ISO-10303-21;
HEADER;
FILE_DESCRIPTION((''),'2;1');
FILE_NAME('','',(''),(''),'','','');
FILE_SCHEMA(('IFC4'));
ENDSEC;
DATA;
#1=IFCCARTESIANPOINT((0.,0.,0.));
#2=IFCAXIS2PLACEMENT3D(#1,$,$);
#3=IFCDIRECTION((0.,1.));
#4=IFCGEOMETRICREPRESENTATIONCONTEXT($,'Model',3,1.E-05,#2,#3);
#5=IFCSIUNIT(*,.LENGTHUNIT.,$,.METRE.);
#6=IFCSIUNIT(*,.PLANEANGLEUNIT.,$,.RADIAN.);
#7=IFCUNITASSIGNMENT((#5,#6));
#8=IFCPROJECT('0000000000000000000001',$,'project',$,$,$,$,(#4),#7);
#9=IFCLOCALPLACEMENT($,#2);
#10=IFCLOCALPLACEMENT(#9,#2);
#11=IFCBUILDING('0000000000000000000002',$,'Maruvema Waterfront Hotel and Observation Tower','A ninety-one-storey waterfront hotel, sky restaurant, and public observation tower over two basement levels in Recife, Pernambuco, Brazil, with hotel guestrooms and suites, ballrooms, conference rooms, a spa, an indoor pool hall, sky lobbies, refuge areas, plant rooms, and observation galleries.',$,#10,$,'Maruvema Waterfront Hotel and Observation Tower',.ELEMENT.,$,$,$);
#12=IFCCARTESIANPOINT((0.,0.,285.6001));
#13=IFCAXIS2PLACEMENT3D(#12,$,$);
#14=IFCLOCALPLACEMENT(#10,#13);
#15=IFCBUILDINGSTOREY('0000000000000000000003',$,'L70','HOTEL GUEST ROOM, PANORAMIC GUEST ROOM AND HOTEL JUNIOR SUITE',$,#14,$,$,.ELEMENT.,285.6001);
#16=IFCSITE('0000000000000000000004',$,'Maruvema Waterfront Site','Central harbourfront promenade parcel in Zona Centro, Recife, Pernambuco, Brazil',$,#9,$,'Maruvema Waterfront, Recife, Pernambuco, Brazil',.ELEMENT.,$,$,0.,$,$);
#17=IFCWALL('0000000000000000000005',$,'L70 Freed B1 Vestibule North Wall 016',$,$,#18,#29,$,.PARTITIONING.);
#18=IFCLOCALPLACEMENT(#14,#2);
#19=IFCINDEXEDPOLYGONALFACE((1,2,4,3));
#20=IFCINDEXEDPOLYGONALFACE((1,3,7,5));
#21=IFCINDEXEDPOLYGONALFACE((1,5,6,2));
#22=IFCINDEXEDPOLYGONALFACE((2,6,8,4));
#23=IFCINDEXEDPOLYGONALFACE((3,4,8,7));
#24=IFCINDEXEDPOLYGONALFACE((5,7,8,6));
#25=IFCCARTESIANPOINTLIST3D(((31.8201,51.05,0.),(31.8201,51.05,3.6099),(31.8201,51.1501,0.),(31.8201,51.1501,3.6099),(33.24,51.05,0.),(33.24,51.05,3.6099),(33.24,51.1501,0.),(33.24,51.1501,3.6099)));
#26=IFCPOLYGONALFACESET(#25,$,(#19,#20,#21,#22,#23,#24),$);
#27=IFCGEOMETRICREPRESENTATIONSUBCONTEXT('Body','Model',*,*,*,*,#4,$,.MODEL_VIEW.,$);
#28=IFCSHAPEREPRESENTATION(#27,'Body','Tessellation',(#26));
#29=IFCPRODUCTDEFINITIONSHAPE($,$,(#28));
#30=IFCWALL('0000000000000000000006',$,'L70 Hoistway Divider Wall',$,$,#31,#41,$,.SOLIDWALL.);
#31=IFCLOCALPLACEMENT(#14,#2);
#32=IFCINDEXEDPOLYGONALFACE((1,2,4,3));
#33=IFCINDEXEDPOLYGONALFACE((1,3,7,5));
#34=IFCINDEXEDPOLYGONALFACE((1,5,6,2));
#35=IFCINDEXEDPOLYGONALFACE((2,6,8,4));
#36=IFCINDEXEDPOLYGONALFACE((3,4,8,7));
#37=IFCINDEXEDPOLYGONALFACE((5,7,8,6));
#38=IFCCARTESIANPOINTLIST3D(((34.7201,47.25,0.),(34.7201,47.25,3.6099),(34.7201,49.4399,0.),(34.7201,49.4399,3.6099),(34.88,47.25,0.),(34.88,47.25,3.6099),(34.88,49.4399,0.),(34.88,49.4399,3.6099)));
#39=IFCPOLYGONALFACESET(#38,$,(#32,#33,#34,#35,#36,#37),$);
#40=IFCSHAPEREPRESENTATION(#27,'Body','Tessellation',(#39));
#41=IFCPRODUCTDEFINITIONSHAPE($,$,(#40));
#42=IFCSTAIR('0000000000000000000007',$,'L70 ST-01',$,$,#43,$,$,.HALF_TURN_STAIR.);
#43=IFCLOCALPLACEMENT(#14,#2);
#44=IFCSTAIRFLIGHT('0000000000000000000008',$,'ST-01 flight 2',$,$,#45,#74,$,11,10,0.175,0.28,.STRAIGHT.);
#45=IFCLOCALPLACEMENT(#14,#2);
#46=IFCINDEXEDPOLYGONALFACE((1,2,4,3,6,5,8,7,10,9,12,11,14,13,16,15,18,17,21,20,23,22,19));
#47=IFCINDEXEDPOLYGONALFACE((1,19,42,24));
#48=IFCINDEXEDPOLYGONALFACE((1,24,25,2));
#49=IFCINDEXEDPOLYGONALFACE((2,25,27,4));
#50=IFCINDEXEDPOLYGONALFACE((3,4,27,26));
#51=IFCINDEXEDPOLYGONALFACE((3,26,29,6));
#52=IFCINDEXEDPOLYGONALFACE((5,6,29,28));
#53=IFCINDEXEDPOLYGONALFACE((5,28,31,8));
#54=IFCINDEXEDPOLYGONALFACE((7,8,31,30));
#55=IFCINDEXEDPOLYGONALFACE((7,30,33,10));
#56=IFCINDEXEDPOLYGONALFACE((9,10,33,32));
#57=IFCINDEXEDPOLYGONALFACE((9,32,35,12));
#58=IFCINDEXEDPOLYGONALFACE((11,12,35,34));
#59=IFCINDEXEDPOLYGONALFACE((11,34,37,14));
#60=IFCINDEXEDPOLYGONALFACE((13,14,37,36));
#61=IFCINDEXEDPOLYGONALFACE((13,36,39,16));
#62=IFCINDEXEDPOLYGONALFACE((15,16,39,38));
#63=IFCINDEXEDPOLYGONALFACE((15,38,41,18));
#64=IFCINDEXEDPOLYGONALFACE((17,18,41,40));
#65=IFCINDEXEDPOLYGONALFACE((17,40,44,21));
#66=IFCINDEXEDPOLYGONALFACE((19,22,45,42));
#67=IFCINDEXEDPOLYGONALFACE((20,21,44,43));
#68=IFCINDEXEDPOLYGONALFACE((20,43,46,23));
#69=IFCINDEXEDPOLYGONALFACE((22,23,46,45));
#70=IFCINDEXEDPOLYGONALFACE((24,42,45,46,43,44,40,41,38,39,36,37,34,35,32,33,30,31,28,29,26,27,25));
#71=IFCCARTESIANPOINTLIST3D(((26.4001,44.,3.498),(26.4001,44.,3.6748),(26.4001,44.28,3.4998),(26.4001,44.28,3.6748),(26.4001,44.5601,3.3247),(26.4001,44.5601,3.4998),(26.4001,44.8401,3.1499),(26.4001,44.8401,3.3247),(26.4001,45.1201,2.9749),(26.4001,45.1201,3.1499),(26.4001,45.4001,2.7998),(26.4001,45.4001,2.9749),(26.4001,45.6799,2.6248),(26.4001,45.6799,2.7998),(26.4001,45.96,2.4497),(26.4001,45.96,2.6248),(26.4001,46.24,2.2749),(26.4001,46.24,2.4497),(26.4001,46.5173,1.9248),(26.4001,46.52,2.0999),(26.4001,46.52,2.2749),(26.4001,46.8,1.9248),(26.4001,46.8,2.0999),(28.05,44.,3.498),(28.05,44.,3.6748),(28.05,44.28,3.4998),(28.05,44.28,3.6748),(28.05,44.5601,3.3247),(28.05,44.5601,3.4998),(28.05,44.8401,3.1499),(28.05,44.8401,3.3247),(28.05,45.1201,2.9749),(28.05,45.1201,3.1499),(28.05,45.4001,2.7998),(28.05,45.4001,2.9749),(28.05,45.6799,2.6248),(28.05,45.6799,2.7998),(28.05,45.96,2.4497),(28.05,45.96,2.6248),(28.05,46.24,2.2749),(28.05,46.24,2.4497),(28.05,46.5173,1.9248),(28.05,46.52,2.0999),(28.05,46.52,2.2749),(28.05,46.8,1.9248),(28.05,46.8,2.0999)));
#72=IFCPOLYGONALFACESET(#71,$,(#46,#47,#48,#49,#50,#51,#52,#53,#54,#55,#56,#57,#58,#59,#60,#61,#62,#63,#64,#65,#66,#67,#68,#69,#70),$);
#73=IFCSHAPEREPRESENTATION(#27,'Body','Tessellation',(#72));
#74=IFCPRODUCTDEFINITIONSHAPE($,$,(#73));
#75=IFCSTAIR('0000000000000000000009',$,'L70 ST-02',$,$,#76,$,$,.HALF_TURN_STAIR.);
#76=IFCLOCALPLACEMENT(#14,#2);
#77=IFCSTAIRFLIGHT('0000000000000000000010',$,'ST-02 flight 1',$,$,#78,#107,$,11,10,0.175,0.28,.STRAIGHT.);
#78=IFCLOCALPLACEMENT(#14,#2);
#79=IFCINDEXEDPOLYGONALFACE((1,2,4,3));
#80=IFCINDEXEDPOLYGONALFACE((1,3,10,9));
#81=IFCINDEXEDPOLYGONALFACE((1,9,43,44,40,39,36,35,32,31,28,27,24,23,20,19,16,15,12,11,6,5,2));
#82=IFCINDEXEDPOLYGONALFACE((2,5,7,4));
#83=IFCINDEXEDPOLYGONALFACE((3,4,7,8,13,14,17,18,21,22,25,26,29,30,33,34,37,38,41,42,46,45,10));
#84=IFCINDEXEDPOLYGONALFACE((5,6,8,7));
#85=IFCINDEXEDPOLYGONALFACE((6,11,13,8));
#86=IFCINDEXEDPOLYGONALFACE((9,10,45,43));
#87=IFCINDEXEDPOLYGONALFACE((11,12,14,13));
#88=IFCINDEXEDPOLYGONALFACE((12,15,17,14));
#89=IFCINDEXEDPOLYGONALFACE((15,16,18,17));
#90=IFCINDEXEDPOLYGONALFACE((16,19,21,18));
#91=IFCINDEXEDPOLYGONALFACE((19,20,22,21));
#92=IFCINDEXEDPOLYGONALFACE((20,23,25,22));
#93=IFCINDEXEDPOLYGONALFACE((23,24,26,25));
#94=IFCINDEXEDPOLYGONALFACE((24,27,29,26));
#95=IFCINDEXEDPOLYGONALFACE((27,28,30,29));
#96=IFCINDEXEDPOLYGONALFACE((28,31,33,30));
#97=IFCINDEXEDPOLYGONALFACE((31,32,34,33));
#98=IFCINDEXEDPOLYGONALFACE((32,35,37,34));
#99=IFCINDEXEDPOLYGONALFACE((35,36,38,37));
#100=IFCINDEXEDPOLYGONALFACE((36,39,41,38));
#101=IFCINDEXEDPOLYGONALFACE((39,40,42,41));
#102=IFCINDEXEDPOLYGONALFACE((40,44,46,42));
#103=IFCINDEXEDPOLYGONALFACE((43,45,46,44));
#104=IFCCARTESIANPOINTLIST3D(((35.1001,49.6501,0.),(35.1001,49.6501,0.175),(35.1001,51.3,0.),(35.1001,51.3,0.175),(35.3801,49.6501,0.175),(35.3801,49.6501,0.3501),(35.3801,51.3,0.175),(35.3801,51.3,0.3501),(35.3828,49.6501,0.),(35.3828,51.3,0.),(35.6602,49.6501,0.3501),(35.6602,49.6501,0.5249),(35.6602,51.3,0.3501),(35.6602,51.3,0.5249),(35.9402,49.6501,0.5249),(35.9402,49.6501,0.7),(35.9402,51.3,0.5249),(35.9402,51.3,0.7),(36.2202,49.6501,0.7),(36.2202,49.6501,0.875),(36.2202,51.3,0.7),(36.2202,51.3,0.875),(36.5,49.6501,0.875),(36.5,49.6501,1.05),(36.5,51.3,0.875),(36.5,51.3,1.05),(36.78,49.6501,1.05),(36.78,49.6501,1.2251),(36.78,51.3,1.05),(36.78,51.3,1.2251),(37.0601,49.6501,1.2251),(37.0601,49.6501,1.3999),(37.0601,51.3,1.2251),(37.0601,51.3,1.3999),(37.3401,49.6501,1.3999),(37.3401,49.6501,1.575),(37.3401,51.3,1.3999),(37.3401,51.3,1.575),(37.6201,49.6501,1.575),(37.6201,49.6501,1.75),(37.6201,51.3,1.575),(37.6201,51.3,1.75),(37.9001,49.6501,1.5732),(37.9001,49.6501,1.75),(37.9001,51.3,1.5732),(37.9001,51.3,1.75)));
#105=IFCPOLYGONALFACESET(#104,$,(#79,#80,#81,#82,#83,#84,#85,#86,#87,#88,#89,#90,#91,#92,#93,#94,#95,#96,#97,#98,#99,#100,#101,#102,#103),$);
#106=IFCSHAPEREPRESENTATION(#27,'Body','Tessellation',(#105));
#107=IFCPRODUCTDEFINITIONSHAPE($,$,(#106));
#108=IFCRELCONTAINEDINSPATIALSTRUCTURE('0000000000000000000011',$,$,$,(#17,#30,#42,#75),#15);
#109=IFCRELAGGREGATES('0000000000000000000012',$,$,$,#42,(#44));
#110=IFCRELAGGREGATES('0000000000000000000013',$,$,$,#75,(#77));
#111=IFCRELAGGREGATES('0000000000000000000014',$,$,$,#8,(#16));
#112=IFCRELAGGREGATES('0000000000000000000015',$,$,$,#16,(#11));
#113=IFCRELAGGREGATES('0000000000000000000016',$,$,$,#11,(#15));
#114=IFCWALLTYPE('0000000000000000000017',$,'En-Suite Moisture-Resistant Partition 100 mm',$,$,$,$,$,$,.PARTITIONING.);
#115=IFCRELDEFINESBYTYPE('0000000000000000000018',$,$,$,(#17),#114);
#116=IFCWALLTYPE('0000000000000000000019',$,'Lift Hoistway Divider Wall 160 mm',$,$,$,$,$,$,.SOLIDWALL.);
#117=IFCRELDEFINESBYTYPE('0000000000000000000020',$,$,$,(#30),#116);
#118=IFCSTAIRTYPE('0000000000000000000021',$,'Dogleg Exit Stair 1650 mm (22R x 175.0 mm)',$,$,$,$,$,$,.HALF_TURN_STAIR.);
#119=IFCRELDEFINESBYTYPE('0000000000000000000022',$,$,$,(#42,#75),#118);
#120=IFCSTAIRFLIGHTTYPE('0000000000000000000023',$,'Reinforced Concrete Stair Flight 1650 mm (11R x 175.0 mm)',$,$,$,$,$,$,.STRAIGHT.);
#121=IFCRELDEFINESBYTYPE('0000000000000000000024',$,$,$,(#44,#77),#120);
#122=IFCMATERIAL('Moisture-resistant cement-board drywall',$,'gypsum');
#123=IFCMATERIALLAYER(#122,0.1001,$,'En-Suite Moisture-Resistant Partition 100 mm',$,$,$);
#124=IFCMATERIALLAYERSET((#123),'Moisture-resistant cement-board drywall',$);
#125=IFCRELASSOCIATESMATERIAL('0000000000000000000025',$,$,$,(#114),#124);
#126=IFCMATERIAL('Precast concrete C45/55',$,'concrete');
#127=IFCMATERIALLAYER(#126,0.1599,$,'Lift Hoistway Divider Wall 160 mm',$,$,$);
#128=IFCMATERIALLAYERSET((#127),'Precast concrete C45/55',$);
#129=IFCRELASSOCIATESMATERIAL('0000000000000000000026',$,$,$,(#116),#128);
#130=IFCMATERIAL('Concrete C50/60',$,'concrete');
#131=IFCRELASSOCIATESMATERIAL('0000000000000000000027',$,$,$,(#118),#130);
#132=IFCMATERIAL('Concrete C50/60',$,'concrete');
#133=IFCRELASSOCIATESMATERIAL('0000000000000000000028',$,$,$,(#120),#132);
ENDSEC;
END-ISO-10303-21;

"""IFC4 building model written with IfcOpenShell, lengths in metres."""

from ifc_helpers import new_model, si_unit, direction, frame, frame_2d, origin, place, context, subcontext, project, spatial, polyline, rectangle, outline, extrude, material, layer, layer_set, type_object, element, aggregate, save


model = new_model("IFC4")

# Units and contexts
model_context = context("Model", 3, precision=1e-05, world=origin(), true_north=direction((0.0, 1.0)))
body_context = subcontext(model_context, "Body", "Model", "MODEL_VIEW")
ifc_project = project(units=[si_unit("LENGTHUNIT", "METRE"), si_unit("PLANEANGLEUNIT", "RADIAN")], contexts=[model_context])

# Site, building, storey
site_placement = place(None, origin())
site = spatial("IfcSite", under=ifc_project, at=site_placement, Name="Maruvema Waterfront Site", Description="Central harbourfront promenade parcel in Zona Centro, Recife, Pernambuco, Brazil", LongName="Maruvema Waterfront, Recife, Pernambuco, Brazil", CompositionType="ELEMENT", RefElevation=0.0)
building_placement = place(site_placement, origin())
building = spatial("IfcBuilding", under=site, at=building_placement, Name="Maruvema Waterfront Hotel and Observation Tower", Description="A ninety-one-storey waterfront hotel, sky restaurant, and public observation tower over two basement levels in Recife, Pernambuco, Brazil, with hotel guestrooms and suites, ballrooms, conference rooms, a spa, an indoor pool hall, sky lobbies, refuge areas, plant rooms, and observation galleries.", LongName="Maruvema Waterfront Hotel and Observation Tower", CompositionType="ELEMENT")
storey_placement = place(building_placement, frame((0.0, 0.0, 285.6001)))
storey = spatial("IfcBuildingStorey", under=building, at=storey_placement, Name="L70", Description="HOTEL GUEST ROOM, PANORAMIC GUEST ROOM AND HOTEL JUNIOR SUITE", CompositionType="ELEMENT", Elevation=285.6001)

# Shared definitions
ifc_material_1 = material(Name="Moisture-resistant cement-board drywall", Category="gypsum")
ifc_layer_1 = layer(ifc_material_1, 0.1001, Name="En-Suite Moisture-Resistant Partition 100 mm")
ifc_layer_set_1 = layer_set([ifc_layer_1], Name="Moisture-resistant cement-board drywall")
wall_type_1 = type_object("IfcWallType", Name="En-Suite Moisture-Resistant Partition 100 mm", PredefinedType="PARTITIONING", material=ifc_layer_set_1)

# Walls
wall_1_placement = place(storey_placement, frame((31.8201, 51.1001, 0.0), z_axis=(0.0, 0.0, 1.0), x_axis=(1.0, 0.0, 0.0)))
element("IfcWall", 1, at=wall_1_placement, inside=storey, type_object=wall_type_1, Name="L70 Freed B1 Vestibule North Wall 016", PredefinedType="PARTITIONING", context=body_context, shape_type="SweptSolid", body=[
    extrude(rectangle(XDim=1.4199, YDim=0.1001, at=frame_2d((0.71, 0.0))), origin(), (0.0, 0.0, 1.0), 3.6099),
])
ifc_material_2 = material(Name="Precast concrete C45/55", Category="concrete")
ifc_layer_2 = layer(ifc_material_2, 0.1599, Name="Lift Hoistway Divider Wall 160 mm")
ifc_layer_set_2 = layer_set([ifc_layer_2], Name="Precast concrete C45/55")
wall_type_2 = type_object("IfcWallType", Name="Lift Hoistway Divider Wall 160 mm", PredefinedType="SOLIDWALL", material=ifc_layer_set_2)
wall_2_placement = place(storey_placement, frame((34.8, 47.25, 0.0), z_axis=(0.0, 0.0, 1.0), x_axis=(0.0, 1.0, 0.0)))
element("IfcWall", 2, at=wall_2_placement, inside=storey, type_object=wall_type_2, Name="L70 Hoistway Divider Wall", PredefinedType="SOLIDWALL", context=body_context, shape_type="SweptSolid", body=[
    extrude(rectangle(XDim=2.1899, YDim=0.1599, at=frame_2d((1.095, 0.0))), origin(), (0.0, 0.0, 1.0), 3.6099),
])

# Stairs, stair flights
ifc_material_3 = material(Name="Concrete C50/60", Category="concrete")
stair_type = type_object("IfcStairType", Name="Dogleg Exit Stair 1650 mm (22R x 175.0 mm)", PredefinedType="HALF_TURN_STAIR", material=ifc_material_3)
stair_1_placement = place(storey_placement, origin())
stair_1 = element("IfcStair", 3, at=stair_1_placement, inside=storey, type_object=stair_type, Name="L70 ST-01", PredefinedType="HALF_TURN_STAIR")
ifc_material_4 = material(Name="Concrete C50/60", Category="concrete")
stair_flight_type = type_object("IfcStairFlightType", Name="Reinforced Concrete Stair Flight 1650 mm (11R x 175.0 mm)", PredefinedType="STRAIGHT", material=ifc_material_4)
stair_flight_1_placement = place(storey_placement, frame((27.2251, 46.8, 1.9248), z_axis=(0.0, 0.0, 1.0), x_axis=(0.0, -1.0, 0.0)))
stair_flight_1 = element("IfcStairFlight", 4, at=stair_flight_1_placement, type_object=stair_flight_type, Name="ST-01 flight 2", NumberOfRisers=11, NumberOfTreads=10, PredefinedType="STRAIGHT", RiserHeight=0.175, TreadLength=0.28, context=body_context, shape_type="SweptSolid", body=[
    extrude(outline(polyline([(0.0, 0.0), (0.0, 0.175), (0.28, 0.175), (0.28, 0.3501), (0.5601, 0.3501), (0.5601, 0.5249), (0.8401, 0.5249), (0.8401, 0.7), (1.1201, 0.7), (1.1201, 0.875), (1.3999, 0.875), (1.3999, 1.05), (1.6799, 1.05), (1.6799, 1.2251), (1.96, 1.2251), (1.96, 1.3999), (2.24, 1.3999), (2.24, 1.575), (2.52, 1.575), (2.52, 1.75), (2.8, 1.75), (2.8, 1.925), (2.8, 1.5732), (0.2827, 0.0), (0.0, 0.0)])), frame((0.0, 0.825, 0.0), z_axis=(0.0, -1.0, 0.0), x_axis=(1.0, 0.0, 0.0)), (0.0, 0.0, 1.0), 1.6499),
])
aggregate(stair_1, [stair_flight_1])
stair_2_placement = place(storey_placement, origin())
stair_2 = element("IfcStair", 5, at=stair_2_placement, inside=storey, type_object=stair_type, Name="L70 ST-02", PredefinedType="HALF_TURN_STAIR")
stair_flight_2_placement = place(storey_placement, frame((35.1001, 50.4751, 0.0), z_axis=(0.0, 0.0, 1.0), x_axis=(1.0, 0.0, 0.0)))
stair_flight_2 = element("IfcStairFlight", 6, at=stair_flight_2_placement, type_object=stair_flight_type, Name="ST-02 flight 1", NumberOfRisers=11, NumberOfTreads=10, PredefinedType="STRAIGHT", RiserHeight=0.175, TreadLength=0.28, context=body_context, shape_type="SweptSolid", body=[
    extrude(outline(polyline([(0.0, 0.0), (0.0, 0.175), (0.28, 0.175), (0.28, 0.3501), (0.5601, 0.3501), (0.5601, 0.5249), (0.8401, 0.5249), (0.8401, 0.7), (1.1201, 0.7), (1.1201, 0.875), (1.3999, 0.875), (1.3999, 1.05), (1.6799, 1.05), (1.6799, 1.2251), (1.96, 1.2251), (1.96, 1.3999), (2.24, 1.3999), (2.24, 1.575), (2.52, 1.575), (2.52, 1.75), (2.8, 1.75), (2.8, 1.925), (2.8, 1.5732), (0.2827, 0.0), (0.0, 0.0)])), frame((0.0, 0.825, 0.0), z_axis=(0.0, -1.0, 0.0), x_axis=(1.0, 0.0, 0.0)), (0.0, 0.0, 1.0), 1.6499),
])
aggregate(stair_2, [stair_flight_2])

save(model, "model.ifc")
